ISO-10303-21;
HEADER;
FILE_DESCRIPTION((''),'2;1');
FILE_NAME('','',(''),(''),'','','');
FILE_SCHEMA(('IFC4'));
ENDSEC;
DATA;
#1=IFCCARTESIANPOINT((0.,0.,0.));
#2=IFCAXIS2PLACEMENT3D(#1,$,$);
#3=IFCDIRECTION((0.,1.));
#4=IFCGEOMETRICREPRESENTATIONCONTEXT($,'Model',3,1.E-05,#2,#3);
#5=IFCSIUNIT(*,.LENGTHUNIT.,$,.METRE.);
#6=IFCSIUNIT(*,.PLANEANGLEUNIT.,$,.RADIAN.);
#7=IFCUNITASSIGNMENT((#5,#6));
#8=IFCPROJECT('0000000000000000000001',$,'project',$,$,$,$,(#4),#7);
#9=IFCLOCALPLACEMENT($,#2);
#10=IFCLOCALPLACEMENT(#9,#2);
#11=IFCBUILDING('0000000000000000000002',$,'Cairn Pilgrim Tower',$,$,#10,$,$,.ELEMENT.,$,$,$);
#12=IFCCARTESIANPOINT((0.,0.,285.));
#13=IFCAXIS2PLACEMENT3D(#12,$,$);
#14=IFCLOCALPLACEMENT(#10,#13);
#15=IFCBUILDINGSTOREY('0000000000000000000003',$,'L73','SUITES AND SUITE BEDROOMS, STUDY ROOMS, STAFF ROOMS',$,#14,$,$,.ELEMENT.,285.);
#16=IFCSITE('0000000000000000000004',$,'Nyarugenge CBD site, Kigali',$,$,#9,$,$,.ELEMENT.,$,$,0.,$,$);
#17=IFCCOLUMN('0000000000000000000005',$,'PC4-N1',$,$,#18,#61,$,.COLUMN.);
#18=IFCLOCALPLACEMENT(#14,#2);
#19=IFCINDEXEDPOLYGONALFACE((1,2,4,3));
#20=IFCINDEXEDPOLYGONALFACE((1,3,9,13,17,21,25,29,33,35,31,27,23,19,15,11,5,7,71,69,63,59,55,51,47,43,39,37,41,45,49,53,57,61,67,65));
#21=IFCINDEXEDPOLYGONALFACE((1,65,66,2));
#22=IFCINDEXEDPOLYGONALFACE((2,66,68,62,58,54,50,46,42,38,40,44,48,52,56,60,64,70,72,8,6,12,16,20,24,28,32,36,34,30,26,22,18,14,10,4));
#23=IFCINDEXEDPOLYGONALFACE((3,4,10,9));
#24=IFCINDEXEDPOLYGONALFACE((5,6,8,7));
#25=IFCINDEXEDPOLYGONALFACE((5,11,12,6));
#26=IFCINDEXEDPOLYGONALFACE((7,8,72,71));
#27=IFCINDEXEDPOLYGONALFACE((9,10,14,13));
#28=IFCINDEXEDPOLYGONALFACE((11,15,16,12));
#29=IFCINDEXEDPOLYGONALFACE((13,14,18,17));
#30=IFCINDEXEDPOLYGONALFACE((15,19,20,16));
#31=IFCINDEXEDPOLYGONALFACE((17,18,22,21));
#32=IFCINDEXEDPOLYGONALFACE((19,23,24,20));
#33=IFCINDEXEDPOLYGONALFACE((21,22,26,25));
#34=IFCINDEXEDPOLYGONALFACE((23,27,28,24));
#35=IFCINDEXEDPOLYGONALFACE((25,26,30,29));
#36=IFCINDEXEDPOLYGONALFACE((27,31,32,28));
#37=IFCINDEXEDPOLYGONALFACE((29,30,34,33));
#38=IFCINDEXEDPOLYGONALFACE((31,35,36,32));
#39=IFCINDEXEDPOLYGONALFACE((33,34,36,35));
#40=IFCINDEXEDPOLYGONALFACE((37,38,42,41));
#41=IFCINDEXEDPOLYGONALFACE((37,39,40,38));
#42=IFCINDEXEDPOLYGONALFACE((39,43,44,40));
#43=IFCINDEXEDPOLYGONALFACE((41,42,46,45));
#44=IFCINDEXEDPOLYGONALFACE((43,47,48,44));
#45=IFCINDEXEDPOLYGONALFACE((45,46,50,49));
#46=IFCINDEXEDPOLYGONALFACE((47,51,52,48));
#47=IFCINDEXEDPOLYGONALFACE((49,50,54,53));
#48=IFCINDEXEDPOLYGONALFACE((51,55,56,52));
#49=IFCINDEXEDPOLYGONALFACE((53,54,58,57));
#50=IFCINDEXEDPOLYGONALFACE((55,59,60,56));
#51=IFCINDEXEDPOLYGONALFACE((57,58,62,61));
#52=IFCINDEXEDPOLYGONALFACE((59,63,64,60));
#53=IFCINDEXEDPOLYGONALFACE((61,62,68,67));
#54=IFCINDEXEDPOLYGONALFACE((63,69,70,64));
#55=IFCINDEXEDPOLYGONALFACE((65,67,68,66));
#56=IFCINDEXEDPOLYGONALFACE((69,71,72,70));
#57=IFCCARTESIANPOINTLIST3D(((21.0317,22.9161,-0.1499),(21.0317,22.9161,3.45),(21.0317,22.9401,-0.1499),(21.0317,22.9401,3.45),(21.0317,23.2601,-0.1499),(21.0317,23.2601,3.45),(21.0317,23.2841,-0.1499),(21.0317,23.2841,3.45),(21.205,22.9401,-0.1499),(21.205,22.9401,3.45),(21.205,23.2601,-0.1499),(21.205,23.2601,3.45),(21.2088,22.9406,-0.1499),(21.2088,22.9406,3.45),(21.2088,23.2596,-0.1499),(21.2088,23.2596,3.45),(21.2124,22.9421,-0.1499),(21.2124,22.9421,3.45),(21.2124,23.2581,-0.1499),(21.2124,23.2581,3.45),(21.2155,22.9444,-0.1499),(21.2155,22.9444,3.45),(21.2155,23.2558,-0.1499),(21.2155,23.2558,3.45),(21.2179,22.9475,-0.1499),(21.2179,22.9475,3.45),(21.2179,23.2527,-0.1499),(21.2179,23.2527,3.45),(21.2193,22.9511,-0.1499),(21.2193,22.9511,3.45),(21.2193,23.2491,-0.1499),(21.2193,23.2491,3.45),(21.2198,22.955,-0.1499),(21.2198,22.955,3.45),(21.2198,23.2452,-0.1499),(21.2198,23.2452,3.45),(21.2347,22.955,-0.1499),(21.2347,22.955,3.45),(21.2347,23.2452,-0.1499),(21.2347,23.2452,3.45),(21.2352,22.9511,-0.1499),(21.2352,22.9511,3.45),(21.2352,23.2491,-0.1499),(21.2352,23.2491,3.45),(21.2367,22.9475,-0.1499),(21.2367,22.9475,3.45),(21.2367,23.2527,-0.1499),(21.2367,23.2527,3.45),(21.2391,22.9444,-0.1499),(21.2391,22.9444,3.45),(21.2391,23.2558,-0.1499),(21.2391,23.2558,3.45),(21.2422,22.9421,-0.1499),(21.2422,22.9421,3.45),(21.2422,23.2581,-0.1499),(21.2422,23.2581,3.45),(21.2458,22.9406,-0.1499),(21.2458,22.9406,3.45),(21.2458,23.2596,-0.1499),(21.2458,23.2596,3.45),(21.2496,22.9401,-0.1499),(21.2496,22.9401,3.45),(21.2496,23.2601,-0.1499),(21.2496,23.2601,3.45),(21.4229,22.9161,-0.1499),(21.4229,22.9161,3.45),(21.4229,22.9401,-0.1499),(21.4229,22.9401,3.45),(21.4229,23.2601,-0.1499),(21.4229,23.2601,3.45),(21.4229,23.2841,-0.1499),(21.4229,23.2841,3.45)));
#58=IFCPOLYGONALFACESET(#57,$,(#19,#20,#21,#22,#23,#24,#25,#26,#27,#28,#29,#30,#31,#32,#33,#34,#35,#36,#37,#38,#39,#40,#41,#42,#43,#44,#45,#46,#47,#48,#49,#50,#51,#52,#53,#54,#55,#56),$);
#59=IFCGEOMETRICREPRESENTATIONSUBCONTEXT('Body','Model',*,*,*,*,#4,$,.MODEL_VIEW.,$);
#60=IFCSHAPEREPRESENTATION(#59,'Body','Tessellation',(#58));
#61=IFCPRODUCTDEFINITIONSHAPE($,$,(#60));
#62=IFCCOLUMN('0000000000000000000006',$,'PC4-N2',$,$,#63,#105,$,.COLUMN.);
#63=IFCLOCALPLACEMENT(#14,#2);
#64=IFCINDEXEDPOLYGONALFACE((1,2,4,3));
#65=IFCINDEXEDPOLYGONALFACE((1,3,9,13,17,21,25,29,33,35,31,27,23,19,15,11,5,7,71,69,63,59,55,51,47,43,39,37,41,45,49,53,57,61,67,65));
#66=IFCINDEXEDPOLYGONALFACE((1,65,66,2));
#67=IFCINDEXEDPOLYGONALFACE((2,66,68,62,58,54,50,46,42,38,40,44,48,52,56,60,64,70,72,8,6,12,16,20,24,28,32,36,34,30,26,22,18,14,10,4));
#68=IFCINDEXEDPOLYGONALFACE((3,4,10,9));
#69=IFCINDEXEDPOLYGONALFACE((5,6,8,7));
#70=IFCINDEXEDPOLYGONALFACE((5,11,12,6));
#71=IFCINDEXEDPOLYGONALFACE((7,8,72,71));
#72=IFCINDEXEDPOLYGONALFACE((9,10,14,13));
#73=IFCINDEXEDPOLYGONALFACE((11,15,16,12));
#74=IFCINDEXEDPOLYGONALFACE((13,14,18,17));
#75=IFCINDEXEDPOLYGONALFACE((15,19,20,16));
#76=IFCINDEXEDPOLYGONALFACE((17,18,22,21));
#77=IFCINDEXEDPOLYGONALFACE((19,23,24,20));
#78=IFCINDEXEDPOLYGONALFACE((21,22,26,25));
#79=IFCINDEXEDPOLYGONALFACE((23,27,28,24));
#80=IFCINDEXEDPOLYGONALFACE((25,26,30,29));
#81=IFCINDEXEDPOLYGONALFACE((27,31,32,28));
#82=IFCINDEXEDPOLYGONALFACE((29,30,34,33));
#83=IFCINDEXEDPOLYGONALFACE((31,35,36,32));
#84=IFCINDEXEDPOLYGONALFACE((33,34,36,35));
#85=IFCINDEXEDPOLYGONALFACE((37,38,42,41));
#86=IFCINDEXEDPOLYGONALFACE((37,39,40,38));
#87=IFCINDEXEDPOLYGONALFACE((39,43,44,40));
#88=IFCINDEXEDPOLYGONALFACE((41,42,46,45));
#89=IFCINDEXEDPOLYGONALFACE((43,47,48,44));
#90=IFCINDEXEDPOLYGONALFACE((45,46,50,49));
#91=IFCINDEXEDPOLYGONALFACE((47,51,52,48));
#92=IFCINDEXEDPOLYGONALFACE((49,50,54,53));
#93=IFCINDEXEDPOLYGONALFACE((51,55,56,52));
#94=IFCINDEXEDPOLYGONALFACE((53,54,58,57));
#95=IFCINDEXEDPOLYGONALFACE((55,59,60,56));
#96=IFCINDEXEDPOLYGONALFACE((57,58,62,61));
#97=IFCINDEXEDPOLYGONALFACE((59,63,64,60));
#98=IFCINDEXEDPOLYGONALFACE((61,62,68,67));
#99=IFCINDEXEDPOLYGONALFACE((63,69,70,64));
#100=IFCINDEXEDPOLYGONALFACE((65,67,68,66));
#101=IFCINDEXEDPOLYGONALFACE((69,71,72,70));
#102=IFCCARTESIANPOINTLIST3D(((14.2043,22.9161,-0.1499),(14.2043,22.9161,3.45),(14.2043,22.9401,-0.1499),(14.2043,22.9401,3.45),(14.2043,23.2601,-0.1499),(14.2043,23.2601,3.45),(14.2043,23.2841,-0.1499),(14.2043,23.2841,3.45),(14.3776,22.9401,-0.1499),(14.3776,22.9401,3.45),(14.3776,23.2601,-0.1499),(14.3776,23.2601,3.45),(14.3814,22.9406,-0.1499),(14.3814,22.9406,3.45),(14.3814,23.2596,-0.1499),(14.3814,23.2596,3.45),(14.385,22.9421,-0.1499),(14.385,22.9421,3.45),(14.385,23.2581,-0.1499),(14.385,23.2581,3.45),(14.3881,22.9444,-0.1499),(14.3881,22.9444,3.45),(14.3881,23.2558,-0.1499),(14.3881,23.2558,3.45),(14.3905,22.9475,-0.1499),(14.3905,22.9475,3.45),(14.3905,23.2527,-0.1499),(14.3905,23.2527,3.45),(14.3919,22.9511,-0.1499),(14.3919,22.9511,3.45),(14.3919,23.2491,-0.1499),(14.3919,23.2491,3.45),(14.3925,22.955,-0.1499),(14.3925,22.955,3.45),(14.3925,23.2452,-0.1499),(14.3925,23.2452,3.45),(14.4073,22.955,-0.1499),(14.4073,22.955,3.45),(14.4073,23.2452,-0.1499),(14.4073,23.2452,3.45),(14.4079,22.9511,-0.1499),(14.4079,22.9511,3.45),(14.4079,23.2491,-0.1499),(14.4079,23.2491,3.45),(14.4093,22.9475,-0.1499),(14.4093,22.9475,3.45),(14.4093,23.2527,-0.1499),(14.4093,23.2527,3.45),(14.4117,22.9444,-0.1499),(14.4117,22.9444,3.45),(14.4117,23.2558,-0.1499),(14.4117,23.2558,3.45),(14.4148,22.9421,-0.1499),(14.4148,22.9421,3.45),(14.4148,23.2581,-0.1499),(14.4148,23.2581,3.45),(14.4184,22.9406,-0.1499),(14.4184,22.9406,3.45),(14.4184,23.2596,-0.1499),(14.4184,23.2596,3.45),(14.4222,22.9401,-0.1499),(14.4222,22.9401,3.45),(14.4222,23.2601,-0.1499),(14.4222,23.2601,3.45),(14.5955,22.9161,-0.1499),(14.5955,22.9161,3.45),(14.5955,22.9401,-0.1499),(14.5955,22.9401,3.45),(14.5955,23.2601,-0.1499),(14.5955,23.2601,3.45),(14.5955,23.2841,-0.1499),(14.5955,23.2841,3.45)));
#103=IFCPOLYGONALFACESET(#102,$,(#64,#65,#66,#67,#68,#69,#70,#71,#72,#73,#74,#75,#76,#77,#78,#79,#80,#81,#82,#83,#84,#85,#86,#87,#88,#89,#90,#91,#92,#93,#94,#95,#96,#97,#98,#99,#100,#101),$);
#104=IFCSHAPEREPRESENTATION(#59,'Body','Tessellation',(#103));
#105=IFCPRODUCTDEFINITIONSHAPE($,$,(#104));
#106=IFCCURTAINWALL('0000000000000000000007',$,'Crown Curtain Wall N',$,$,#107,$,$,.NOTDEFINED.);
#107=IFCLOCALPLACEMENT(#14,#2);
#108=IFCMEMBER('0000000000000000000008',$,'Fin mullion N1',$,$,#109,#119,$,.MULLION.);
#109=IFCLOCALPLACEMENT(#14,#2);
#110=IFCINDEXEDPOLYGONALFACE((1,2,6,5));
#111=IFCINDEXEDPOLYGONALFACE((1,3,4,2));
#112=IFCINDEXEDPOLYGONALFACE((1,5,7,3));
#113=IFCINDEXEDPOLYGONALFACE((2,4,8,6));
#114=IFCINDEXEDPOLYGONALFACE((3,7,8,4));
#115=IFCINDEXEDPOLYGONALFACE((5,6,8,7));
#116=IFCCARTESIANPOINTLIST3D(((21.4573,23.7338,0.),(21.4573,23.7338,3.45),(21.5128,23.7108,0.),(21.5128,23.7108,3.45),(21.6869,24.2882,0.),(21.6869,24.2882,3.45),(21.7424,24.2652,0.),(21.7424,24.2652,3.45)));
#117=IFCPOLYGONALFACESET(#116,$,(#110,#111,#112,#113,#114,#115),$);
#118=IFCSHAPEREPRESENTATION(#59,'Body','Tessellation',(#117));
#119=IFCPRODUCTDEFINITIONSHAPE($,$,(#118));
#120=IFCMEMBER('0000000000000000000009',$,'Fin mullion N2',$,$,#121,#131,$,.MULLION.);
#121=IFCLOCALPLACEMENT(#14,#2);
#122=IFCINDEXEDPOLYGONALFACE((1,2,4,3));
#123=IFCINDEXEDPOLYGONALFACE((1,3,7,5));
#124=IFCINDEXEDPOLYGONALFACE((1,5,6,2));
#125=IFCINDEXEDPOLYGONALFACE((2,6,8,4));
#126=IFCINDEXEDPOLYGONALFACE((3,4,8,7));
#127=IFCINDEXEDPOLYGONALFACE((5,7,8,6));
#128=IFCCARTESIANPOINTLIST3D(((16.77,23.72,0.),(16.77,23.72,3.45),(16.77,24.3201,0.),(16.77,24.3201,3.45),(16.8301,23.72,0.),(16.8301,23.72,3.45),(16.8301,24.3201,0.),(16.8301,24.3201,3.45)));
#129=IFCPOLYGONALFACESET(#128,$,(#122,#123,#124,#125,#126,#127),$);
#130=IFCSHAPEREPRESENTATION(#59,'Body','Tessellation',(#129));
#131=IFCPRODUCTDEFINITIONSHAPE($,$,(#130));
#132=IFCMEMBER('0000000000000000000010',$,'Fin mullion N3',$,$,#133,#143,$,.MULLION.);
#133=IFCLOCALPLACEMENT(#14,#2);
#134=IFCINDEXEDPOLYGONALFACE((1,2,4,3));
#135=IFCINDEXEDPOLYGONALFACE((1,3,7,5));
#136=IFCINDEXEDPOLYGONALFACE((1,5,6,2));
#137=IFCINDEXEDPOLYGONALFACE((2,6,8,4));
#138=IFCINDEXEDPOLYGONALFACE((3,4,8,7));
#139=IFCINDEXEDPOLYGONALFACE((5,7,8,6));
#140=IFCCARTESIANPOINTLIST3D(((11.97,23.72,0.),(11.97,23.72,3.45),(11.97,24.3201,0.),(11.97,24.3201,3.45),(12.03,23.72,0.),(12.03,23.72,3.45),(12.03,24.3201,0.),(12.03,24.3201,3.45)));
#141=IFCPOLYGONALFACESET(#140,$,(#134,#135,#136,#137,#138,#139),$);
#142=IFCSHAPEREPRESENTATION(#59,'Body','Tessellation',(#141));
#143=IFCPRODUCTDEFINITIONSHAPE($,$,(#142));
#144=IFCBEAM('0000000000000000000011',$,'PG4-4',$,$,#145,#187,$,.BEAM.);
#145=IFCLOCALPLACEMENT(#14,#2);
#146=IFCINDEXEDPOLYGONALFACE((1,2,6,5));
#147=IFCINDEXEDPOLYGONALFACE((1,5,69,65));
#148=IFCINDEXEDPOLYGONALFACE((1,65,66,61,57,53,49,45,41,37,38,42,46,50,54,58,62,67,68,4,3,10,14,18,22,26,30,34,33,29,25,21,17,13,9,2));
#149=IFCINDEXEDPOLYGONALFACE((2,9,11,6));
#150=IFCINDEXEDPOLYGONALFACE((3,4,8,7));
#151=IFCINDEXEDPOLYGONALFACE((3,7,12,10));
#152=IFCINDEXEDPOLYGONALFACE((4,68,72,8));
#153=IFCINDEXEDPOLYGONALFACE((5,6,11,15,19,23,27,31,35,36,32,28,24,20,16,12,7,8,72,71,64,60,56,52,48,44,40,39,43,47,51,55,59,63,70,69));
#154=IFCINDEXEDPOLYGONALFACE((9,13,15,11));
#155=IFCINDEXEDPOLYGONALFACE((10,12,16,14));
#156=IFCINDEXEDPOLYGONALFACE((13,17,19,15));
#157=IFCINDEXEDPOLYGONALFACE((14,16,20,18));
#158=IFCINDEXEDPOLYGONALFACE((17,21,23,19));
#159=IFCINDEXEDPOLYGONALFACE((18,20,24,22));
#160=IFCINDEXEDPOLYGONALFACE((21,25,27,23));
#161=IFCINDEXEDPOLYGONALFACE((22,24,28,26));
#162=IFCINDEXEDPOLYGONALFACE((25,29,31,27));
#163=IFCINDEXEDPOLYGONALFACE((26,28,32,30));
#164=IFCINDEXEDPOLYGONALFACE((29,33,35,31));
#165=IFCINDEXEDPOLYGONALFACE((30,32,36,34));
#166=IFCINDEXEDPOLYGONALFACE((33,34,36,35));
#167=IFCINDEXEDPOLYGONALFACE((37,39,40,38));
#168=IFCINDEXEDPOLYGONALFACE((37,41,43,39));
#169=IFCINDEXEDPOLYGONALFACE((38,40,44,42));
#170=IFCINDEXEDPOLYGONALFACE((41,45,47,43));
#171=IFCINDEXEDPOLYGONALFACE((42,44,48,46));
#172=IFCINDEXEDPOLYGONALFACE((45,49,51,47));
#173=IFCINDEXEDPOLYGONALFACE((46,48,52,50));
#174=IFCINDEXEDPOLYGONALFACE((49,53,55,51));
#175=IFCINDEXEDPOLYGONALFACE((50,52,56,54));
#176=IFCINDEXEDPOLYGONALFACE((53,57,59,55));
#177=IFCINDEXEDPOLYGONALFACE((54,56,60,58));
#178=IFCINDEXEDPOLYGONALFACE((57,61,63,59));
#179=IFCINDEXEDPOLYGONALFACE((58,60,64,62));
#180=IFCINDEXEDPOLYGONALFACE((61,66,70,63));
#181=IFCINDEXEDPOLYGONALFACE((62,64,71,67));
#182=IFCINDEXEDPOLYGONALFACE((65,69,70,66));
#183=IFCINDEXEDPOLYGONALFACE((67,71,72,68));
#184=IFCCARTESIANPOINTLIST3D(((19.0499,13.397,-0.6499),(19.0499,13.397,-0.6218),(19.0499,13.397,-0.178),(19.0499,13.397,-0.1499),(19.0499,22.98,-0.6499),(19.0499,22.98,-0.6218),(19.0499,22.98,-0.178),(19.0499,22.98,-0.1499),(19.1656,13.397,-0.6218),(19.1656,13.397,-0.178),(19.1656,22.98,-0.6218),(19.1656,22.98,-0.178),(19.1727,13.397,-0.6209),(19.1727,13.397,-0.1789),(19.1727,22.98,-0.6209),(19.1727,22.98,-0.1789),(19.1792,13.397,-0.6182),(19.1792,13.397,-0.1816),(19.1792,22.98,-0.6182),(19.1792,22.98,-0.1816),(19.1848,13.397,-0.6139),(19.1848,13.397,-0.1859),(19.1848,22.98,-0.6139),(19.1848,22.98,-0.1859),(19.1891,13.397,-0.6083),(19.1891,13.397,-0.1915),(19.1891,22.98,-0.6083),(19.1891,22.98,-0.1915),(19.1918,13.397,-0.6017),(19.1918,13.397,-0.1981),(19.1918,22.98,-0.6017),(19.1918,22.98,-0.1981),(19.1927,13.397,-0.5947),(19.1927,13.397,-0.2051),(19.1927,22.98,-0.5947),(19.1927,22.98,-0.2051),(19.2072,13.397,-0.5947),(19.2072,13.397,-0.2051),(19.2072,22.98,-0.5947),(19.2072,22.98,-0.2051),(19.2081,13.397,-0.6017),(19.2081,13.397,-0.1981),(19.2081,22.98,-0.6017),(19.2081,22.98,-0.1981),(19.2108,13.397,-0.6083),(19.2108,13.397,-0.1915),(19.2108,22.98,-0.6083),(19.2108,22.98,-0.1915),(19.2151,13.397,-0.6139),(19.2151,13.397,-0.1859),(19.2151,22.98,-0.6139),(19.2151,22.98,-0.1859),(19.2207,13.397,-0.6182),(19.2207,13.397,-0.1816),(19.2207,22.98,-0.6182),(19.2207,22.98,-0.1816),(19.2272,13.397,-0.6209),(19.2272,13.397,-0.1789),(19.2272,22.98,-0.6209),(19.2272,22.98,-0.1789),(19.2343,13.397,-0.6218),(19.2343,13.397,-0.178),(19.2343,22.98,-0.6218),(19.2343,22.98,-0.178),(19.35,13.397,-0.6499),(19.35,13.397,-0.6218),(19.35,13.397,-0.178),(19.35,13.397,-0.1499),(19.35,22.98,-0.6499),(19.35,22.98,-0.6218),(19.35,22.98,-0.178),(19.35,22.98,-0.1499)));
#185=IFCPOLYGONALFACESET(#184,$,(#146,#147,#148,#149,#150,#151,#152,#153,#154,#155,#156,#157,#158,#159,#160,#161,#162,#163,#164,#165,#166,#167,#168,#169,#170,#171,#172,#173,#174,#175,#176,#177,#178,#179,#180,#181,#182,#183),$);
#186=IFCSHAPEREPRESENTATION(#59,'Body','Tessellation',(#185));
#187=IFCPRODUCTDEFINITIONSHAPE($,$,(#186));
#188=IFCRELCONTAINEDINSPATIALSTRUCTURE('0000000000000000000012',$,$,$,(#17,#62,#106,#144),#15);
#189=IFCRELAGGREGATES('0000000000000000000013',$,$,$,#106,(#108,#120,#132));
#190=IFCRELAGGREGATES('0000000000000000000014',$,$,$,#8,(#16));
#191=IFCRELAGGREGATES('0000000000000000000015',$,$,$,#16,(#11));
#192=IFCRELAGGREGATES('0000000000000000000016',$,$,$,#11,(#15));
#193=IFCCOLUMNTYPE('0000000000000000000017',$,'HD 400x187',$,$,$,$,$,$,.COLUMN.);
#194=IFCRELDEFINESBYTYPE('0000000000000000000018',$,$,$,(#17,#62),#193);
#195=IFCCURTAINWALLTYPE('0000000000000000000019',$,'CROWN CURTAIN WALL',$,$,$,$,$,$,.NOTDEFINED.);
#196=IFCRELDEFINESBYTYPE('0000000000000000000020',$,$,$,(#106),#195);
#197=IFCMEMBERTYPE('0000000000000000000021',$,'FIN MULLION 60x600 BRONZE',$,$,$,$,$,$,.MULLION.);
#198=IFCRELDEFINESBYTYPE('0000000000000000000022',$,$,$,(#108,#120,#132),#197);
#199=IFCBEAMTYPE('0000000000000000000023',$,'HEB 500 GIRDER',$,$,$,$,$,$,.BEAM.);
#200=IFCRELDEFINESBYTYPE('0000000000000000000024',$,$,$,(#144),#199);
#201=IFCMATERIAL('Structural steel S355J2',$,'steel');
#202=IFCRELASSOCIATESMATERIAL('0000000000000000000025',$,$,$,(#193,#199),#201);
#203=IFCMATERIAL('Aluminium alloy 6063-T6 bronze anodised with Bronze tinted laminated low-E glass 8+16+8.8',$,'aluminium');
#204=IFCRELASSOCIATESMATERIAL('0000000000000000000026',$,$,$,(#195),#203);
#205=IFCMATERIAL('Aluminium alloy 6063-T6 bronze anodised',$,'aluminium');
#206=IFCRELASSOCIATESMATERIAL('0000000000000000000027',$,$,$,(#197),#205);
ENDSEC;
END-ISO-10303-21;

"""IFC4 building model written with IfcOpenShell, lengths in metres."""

from ifc_helpers import new_model, si_unit, direction, frame, origin, origin_2d, place, context, subcontext, project, spatial, rectangle, i_section, extrude, material, material_profile, profile_set, type_object, element, aggregate, save


model = new_model("IFC4")

# Units and contexts
model_context = context("Model", 3, precision=1e-05, world=origin(), true_north=direction((0.0, 1.0)))
body_context = subcontext(model_context, "Body", "Model", "MODEL_VIEW")
ifc_project = project(units=[si_unit("LENGTHUNIT", "METRE"), si_unit("PLANEANGLEUNIT", "RADIAN")], contexts=[model_context])

# Site, building, storey
site_placement = place(None, origin())
site = spatial("IfcSite", under=ifc_project, at=site_placement, Name="Nyarugenge CBD site, Kigali", CompositionType="ELEMENT", RefElevation=0.0)
building_placement = place(site_placement, origin())
building = spatial("IfcBuilding", under=site, at=building_placement, Name="Cairn Pilgrim Tower", CompositionType="ELEMENT")
storey_placement = place(building_placement, frame((0.0, 0.0, 285.0)))
storey = spatial("IfcBuildingStorey", under=building, at=storey_placement, Name="L73", Description="SUITES AND SUITE BEDROOMS, STUDY ROOMS, STAFF ROOMS", CompositionType="ELEMENT", Elevation=285.0)

# Columns
ifc_material_1 = material(Name="Structural steel S355J2", Category="steel")
ifc_material_profile_1 = material_profile(ifc_material_1, i_section(OverallWidth=0.3911, OverallDepth=0.3679, WebThickness=0.0149, FlangeThickness=0.0239, FilletRadius=0.0149, at=origin_2d()), Name="HD 400x187")
ifc_profile_set_1 = profile_set([ifc_material_profile_1], Name="Structural steel S355J2")
column_type = type_object("IfcColumnType", Name="HD 400x187", PredefinedType="COLUMN", material=ifc_profile_set_1)
for number, where, z_axis, x_axis, name in (
    (1, (21.2273, 23.1001, -0.1499), (0.0, 0.0, 1.0), (1.0, 0.0, 0.0), "PC4-N1"),
    (2, (14.3999, 23.1001, -0.1499), (0.0, 0.0, 1.0), (1.0, 0.0, 0.0), "PC4-N2"),
):
    element("IfcColumn", number, at=place(storey_placement, frame(where, z_axis=z_axis, x_axis=x_axis)), inside=storey, type_object=column_type, Name=name, PredefinedType="COLUMN", context=body_context, shape_type="SweptSolid", body=[
        extrude(i_section(OverallWidth=0.3911, OverallDepth=0.3679, WebThickness=0.0149, FlangeThickness=0.0239, FilletRadius=0.0149, at=origin_2d()), origin(), (0.0, 0.0, 1.0), 3.5999),
    ])

# Curtain wall, members
ifc_material_2 = material(Name="Aluminium alloy 6063-T6 bronze anodised with Bronze tinted laminated low-E glass 8+16+8.8", Category="aluminium")
curtain_wall_type = type_object("IfcCurtainWallType", Name="CROWN CURTAIN WALL", PredefinedType="NOTDEFINED", material=ifc_material_2)
curtain_wall_1_placement = place(storey_placement, origin())
curtain_wall_1 = element("IfcCurtainWall", 3, at=curtain_wall_1_placement, inside=storey, type_object=curtain_wall_type, Name="Crown Curtain Wall N", PredefinedType="NOTDEFINED")
ifc_material_3 = material(Name="Aluminium alloy 6063-T6 bronze anodised", Category="aluminium")
ifc_material_profile_2 = material_profile(ifc_material_3, rectangle(XDim=0.6001, YDim=0.0601, at=origin_2d()), Name="FIN MULLION 60x600 BRONZE")
ifc_profile_set_2 = profile_set([ifc_material_profile_2], Name="Aluminium alloy 6063-T6 bronze anodised")
member_type_1 = type_object("IfcMemberType", Name="FIN MULLION 60x600 BRONZE", PredefinedType="MULLION", material=ifc_profile_set_2)
member_1_placement = place(storey_placement, frame((21.5999, 23.9995, 0.0), z_axis=(0.0, 0.0, 1.0), x_axis=(0.382683, 0.92388, 0.0)))
member_1 = element("IfcMember", 4, at=member_1_placement, type_object=member_type_1, Name="Fin mullion N1", PredefinedType="MULLION", context=body_context, shape_type="SweptSolid", body=[
    extrude(rectangle(XDim=0.6001, YDim=0.0601, at=origin_2d()), origin(), (0.0, 0.0, 1.0), 3.45),
])
member_2_placement = place(storey_placement, frame((16.8, 24.02, 0.0), z_axis=(0.0, 0.0, 1.0), x_axis=(0.0, 1.0, 0.0)))
member_2 = element("IfcMember", 5, at=member_2_placement, type_object=member_type_1, Name="Fin mullion N2", PredefinedType="MULLION", context=body_context, shape_type="SweptSolid", body=[
    extrude(rectangle(XDim=0.6001, YDim=0.0601, at=origin_2d()), origin(), (0.0, 0.0, 1.0), 3.45),
])
member_3_placement = place(storey_placement, frame((12.0, 24.02, 0.0), z_axis=(0.0, 0.0, 1.0), x_axis=(0.0, 1.0, 0.0)))
member_3 = element("IfcMember", 6, at=member_3_placement, type_object=member_type_1, Name="Fin mullion N3", PredefinedType="MULLION", context=body_context, shape_type="SweptSolid", body=[
    extrude(rectangle(XDim=0.6001, YDim=0.0601, at=origin_2d()), origin(), (0.0, 0.0, 1.0), 3.45),
])

# Beam
ifc_material_profile_3 = material_profile(ifc_material_1, i_section(OverallWidth=0.3, OverallDepth=0.5, WebThickness=0.0144, FlangeThickness=0.0281, FilletRadius=0.0271, at=origin_2d()), Name="HEB 500")
ifc_profile_set_3 = profile_set([ifc_material_profile_3], Name="Structural steel S355J2")
beam_type_1 = type_object("IfcBeamType", Name="HEB 500 GIRDER", PredefinedType="BEAM", material=ifc_profile_set_3)
beam_1_placement = place(storey_placement, frame((19.2, 13.397, -0.3999), z_axis=(0.0, 1.0, 0.0), x_axis=(-1.0, 0.0, 0.0)))
element("IfcBeam", 7, at=beam_1_placement, inside=storey, type_object=beam_type_1, Name="PG4-4", PredefinedType="BEAM", context=body_context, shape_type="SweptSolid", body=[
    extrude(i_section(OverallWidth=0.3, OverallDepth=0.5, WebThickness=0.0144, FlangeThickness=0.0281, FilletRadius=0.0271, at=origin_2d()), origin(), (0.0, 0.0, 1.0), 9.583),
])

aggregate(curtain_wall_1, [member_1, member_2, member_3])

save(model, "model.ifc")
